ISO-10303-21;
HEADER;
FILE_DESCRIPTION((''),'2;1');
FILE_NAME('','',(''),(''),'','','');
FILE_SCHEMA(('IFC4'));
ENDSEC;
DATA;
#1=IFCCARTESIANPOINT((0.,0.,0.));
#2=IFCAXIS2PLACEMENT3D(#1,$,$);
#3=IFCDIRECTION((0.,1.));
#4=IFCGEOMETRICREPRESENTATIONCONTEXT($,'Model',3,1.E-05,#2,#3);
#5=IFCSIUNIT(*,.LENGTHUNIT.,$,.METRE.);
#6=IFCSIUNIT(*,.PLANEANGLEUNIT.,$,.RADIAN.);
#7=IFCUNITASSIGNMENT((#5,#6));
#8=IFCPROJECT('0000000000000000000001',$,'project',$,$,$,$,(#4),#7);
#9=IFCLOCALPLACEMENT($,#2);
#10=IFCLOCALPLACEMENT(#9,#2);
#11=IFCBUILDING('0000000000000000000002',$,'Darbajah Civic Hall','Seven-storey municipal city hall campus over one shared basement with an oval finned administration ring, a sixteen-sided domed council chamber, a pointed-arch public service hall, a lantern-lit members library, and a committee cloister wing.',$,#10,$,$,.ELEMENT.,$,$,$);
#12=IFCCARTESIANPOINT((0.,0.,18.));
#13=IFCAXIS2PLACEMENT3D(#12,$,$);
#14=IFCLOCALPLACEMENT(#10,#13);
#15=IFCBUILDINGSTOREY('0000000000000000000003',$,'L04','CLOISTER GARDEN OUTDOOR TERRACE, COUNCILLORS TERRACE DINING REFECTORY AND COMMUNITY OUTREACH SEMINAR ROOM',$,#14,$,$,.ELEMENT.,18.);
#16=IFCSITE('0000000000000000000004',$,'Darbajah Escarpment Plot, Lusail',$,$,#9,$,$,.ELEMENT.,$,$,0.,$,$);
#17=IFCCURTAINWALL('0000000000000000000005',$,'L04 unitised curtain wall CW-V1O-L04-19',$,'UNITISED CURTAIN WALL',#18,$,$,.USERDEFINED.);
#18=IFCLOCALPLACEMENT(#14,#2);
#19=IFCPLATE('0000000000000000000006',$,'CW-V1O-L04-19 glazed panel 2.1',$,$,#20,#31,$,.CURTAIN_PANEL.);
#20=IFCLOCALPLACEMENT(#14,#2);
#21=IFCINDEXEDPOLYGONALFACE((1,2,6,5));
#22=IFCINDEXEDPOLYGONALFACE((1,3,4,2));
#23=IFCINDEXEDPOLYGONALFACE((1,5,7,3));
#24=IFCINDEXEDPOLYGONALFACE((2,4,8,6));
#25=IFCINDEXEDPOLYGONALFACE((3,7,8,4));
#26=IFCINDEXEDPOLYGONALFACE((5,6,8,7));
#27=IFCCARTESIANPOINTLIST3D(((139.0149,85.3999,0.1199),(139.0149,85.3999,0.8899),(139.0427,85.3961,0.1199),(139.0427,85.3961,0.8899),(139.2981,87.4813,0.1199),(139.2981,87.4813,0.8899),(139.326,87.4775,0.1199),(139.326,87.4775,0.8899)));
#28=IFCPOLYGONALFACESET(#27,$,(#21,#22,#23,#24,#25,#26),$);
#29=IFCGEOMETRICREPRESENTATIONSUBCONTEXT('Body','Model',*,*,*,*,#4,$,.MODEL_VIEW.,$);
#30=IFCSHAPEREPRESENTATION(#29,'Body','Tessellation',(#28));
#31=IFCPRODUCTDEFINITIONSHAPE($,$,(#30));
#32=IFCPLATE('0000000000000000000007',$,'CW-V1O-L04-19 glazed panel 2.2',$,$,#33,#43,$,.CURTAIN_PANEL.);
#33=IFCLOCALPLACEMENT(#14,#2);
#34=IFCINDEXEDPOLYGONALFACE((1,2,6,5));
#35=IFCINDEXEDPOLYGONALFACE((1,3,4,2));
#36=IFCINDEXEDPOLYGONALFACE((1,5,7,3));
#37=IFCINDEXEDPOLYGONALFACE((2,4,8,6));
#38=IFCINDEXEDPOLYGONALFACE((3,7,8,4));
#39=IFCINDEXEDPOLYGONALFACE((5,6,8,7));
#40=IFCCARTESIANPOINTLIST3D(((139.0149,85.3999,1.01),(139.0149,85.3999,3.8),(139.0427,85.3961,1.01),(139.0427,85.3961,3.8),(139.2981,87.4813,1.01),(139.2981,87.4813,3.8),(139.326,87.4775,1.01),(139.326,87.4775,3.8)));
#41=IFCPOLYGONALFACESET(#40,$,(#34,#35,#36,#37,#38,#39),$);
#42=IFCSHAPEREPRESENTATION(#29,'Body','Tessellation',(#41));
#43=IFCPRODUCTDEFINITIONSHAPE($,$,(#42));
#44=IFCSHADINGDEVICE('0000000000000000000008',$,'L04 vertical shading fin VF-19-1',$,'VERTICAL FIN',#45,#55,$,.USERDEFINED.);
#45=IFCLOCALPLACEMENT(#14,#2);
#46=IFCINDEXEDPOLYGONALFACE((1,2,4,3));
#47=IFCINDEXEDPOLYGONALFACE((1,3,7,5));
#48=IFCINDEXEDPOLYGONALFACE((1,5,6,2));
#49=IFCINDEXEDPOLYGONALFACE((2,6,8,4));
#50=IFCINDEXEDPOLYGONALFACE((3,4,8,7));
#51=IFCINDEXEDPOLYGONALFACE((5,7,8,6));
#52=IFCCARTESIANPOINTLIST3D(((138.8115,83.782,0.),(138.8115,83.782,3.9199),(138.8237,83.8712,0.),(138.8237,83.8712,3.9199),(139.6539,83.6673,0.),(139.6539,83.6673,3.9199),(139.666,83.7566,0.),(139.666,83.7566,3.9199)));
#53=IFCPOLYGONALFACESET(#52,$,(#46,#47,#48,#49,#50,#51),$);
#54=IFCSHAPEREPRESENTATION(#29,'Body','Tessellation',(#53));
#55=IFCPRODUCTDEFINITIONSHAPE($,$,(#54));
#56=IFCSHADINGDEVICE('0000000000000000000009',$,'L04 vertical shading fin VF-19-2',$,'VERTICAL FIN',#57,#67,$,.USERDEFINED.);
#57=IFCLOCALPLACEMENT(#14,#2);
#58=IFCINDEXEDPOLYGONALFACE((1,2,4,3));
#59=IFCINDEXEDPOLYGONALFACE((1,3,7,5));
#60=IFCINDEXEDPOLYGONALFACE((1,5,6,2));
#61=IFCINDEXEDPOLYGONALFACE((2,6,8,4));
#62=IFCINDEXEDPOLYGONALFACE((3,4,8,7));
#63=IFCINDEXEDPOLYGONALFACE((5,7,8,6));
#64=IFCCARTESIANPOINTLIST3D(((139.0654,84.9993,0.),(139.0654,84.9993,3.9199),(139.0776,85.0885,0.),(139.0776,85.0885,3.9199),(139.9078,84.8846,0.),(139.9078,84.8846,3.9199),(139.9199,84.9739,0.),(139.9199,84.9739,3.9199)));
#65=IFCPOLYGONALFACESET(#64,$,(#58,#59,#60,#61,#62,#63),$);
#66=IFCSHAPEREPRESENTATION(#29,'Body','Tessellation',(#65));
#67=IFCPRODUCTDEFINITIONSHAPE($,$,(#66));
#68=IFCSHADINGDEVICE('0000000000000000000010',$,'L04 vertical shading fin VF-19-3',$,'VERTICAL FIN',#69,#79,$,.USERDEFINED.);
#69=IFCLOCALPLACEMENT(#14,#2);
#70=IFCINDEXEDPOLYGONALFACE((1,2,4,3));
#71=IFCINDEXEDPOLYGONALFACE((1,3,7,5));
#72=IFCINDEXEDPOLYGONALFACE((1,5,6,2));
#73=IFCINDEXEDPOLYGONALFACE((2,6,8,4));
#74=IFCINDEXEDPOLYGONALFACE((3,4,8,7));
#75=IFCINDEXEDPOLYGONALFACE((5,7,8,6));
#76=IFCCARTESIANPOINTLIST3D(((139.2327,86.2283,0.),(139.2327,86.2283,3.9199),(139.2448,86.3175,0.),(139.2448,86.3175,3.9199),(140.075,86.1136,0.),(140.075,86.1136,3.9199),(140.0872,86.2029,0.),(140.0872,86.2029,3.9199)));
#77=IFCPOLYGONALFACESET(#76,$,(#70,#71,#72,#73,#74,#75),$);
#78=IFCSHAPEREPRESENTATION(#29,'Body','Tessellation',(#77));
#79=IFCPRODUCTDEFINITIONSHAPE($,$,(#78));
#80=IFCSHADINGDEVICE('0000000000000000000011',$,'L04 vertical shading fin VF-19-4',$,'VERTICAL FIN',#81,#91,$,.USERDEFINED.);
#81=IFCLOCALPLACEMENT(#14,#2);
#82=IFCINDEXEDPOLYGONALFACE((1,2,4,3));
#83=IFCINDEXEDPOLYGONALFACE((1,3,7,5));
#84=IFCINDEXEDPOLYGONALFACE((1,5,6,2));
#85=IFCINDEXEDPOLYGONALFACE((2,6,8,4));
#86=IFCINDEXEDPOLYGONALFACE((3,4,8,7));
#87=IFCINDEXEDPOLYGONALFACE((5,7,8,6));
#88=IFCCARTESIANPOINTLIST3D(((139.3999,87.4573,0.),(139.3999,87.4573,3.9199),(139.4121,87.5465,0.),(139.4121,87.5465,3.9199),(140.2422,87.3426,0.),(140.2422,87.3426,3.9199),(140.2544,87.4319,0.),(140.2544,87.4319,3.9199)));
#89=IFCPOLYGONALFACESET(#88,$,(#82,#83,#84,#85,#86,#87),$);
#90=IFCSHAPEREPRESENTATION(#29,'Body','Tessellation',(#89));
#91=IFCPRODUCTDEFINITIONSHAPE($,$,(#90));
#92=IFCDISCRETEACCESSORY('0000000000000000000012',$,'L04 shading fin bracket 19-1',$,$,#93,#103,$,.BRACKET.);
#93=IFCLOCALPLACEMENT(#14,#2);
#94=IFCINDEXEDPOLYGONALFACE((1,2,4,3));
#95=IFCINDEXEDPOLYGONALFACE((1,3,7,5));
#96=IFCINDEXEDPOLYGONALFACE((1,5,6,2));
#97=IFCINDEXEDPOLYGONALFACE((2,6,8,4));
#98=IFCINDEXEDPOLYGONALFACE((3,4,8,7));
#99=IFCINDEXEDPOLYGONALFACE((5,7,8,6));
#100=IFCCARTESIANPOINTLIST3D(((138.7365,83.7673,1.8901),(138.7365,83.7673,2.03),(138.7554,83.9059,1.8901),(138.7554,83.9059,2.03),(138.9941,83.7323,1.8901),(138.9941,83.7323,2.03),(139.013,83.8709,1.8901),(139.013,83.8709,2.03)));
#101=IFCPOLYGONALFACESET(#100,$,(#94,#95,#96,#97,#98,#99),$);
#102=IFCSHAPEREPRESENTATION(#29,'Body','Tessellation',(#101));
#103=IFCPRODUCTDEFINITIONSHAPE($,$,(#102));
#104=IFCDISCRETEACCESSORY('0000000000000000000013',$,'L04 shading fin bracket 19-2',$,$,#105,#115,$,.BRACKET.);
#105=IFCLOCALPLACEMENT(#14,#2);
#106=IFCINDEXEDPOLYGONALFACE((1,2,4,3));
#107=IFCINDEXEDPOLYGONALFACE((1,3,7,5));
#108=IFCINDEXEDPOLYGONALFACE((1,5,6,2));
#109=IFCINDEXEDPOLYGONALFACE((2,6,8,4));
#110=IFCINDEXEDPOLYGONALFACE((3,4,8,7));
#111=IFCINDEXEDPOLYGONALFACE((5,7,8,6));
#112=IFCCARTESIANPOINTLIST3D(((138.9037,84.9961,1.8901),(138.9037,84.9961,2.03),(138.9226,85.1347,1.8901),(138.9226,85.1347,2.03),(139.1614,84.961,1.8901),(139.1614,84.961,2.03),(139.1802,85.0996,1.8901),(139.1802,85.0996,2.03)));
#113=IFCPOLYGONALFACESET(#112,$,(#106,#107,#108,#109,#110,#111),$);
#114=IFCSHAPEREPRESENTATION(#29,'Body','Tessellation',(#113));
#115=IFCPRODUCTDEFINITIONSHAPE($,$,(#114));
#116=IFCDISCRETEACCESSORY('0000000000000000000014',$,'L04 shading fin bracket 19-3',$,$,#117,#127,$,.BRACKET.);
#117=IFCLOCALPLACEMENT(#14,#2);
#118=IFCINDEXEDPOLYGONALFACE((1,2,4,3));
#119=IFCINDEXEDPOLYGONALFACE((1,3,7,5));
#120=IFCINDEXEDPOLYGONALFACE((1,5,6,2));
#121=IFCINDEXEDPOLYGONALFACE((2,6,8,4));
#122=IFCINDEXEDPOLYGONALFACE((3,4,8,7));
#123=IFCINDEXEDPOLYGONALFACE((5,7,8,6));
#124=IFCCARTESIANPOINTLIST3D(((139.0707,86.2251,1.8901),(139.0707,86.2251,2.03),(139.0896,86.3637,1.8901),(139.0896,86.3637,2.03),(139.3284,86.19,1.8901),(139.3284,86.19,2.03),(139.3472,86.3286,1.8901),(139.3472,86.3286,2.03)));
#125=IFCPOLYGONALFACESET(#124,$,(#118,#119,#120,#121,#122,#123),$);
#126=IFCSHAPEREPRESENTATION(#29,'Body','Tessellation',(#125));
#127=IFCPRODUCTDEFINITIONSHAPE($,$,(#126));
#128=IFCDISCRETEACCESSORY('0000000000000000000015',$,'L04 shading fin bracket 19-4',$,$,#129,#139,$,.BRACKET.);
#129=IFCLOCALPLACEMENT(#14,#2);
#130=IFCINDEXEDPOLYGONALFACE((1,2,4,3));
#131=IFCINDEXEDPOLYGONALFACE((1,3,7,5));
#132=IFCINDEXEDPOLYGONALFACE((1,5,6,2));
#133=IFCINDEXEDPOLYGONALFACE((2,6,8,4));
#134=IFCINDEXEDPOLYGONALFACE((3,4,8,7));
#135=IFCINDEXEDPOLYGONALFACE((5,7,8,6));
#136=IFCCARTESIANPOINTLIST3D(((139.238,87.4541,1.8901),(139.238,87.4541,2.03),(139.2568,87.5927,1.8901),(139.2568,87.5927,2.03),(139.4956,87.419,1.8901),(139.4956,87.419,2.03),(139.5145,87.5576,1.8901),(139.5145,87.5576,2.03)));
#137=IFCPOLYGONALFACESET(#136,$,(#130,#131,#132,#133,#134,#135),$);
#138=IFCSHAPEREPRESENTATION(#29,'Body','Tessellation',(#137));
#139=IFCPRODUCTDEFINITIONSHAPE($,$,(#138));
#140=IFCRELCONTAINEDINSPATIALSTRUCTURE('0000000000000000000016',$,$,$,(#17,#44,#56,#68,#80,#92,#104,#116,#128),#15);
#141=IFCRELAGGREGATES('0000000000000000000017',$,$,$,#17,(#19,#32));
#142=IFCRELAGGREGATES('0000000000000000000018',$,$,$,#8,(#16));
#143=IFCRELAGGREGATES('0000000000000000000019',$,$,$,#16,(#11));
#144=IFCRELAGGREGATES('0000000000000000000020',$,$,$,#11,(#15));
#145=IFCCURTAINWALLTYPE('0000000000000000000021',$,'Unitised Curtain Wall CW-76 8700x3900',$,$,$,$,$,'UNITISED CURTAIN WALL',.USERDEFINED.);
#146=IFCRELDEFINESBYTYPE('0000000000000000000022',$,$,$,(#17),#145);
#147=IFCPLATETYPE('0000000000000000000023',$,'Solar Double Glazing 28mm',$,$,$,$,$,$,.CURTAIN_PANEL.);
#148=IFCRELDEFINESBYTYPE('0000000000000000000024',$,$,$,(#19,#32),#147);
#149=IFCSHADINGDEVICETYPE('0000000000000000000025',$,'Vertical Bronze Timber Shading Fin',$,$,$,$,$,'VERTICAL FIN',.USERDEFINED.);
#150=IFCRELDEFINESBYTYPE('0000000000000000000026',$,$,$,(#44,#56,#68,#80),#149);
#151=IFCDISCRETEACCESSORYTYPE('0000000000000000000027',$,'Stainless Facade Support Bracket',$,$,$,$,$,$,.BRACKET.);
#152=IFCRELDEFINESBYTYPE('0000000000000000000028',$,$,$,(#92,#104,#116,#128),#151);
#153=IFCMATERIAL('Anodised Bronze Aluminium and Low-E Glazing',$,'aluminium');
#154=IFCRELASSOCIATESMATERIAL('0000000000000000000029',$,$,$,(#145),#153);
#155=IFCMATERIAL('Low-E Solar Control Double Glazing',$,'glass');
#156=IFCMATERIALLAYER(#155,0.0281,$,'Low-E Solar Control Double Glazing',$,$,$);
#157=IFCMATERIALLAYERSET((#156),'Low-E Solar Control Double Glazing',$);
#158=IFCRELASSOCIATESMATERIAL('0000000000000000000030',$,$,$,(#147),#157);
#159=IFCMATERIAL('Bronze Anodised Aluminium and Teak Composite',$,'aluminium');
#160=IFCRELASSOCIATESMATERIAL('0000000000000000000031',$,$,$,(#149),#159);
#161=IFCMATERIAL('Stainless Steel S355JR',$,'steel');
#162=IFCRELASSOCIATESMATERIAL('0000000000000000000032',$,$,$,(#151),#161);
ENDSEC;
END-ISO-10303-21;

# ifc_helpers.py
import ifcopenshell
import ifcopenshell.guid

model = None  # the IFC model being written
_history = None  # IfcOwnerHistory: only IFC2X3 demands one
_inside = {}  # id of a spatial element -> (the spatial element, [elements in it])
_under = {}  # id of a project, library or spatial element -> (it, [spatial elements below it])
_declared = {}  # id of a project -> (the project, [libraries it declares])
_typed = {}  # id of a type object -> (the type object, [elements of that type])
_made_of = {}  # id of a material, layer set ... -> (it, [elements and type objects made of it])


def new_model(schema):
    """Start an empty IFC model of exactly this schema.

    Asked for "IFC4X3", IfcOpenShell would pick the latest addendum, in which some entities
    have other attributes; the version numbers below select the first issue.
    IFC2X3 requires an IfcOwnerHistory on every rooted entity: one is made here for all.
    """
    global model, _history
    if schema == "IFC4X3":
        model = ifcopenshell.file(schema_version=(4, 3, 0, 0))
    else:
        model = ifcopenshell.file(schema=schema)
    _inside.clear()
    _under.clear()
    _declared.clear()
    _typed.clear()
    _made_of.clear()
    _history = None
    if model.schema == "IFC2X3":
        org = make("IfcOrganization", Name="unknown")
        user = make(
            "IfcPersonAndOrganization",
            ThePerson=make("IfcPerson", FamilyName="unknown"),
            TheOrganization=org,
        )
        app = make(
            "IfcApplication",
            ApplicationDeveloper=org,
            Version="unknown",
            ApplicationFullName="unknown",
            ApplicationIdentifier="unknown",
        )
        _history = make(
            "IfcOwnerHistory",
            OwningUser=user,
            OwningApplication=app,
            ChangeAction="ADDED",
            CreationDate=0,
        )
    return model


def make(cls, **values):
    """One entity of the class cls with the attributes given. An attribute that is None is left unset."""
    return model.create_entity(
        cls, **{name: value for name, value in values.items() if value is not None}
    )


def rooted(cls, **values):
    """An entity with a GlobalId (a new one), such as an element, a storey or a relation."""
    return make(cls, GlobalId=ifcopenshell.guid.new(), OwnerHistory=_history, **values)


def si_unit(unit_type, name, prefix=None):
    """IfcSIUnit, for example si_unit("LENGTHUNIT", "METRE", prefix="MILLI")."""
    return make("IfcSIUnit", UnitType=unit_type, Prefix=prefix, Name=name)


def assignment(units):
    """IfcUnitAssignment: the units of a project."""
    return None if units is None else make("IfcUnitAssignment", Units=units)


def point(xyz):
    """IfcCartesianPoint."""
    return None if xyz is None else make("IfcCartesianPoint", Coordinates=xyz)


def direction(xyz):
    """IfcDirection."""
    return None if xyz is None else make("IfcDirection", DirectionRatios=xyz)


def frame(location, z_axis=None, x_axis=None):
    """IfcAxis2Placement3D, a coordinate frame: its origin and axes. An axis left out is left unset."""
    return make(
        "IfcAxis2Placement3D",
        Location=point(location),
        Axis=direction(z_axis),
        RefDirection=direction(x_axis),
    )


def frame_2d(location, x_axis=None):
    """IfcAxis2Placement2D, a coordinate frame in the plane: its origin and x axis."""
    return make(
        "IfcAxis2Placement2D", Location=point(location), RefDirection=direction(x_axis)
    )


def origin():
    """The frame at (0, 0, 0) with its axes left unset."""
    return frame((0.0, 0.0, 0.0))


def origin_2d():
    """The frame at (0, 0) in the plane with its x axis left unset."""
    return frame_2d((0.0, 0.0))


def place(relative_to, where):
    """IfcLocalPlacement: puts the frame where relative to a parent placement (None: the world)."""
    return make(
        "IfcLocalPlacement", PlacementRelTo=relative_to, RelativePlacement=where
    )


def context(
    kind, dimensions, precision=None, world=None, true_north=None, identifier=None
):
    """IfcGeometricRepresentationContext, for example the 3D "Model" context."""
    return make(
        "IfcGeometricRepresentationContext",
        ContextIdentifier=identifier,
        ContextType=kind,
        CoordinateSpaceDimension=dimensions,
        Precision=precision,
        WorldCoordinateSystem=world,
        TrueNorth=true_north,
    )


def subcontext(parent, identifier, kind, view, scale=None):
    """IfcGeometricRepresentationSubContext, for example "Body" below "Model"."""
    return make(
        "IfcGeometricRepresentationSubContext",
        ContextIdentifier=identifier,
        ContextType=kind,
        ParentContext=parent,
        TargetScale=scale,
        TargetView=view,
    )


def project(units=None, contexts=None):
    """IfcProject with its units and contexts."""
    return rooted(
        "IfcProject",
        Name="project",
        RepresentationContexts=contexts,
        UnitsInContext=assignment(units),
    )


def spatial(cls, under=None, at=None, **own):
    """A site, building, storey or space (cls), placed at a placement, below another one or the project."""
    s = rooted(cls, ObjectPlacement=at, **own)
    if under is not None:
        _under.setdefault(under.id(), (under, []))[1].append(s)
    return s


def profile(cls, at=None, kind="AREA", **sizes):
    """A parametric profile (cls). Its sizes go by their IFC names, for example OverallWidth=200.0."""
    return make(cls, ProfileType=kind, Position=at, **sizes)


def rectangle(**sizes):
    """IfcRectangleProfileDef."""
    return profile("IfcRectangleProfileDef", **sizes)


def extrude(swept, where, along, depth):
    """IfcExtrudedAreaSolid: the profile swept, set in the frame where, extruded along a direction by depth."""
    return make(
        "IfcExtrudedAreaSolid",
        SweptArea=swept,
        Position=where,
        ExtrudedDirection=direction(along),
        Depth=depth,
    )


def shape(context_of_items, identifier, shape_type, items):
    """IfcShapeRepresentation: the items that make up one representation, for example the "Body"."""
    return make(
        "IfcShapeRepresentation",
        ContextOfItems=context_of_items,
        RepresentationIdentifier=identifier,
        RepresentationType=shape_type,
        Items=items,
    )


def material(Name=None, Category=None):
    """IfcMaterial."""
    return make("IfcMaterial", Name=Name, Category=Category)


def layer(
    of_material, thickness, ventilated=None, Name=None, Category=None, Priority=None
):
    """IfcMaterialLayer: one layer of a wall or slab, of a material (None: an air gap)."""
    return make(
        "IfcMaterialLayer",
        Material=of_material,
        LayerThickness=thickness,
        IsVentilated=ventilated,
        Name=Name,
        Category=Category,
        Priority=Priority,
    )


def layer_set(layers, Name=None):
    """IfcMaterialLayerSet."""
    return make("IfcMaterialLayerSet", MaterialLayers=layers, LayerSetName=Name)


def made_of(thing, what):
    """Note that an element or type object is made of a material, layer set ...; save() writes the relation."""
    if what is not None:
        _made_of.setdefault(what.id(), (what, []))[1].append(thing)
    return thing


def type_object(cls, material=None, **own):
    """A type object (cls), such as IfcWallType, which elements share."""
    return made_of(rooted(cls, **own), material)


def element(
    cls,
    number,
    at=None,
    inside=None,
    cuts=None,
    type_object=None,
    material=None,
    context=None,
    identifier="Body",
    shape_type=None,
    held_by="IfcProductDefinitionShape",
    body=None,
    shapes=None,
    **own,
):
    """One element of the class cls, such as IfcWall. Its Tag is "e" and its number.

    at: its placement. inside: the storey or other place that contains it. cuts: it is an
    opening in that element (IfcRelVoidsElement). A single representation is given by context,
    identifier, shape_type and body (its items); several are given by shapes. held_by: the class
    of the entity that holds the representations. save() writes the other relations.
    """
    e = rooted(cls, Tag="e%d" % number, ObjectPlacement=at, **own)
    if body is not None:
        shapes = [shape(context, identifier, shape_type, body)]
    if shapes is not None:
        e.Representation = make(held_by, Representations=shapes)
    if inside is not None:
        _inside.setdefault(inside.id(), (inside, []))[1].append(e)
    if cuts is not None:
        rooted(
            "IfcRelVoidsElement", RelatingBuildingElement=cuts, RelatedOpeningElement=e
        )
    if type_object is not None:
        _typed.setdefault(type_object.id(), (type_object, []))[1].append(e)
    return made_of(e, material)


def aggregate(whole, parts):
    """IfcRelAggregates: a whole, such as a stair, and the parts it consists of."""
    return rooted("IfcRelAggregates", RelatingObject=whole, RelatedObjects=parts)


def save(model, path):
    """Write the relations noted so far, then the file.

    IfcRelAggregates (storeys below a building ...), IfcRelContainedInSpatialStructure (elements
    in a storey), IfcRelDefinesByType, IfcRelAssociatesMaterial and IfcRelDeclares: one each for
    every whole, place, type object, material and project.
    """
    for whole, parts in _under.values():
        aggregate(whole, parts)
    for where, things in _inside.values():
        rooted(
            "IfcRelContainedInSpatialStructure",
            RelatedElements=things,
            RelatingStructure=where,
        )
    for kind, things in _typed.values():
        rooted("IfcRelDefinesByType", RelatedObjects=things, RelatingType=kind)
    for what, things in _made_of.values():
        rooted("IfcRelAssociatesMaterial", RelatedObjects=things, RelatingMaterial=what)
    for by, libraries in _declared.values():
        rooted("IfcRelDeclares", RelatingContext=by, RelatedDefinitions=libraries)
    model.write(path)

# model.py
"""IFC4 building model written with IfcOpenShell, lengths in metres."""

from ifc_helpers import new_model, si_unit, direction, frame, origin, origin_2d, place, context, subcontext, project, spatial, rectangle, extrude, material, layer, layer_set, type_object, element, aggregate, save


model = new_model("IFC4")

# Units and contexts
model_context = context("Model", 3, precision=1e-05, world=origin(), true_north=direction((0.0, 1.0)))
body_context = subcontext(model_context, "Body", "Model", "MODEL_VIEW")
ifc_project = project(units=[si_unit("LENGTHUNIT", "METRE"), si_unit("PLANEANGLEUNIT", "RADIAN")], contexts=[model_context])

# Site, building, storey
site_placement = place(None, origin())
site = spatial("IfcSite", under=ifc_project, at=site_placement, Name="Darbajah Escarpment Plot, Lusail", CompositionType="ELEMENT", RefElevation=0.0)
building_placement = place(site_placement, origin())
building = spatial("IfcBuilding", under=site, at=building_placement, Name="Darbajah Civic Hall", Description="Seven-storey municipal city hall campus over one shared basement with an oval finned administration ring, a sixteen-sided domed council chamber, a pointed-arch public service hall, a lantern-lit members library, and a committee cloister wing.", CompositionType="ELEMENT")
storey_placement = place(building_placement, frame((0.0, 0.0, 18.0)))
storey = spatial("IfcBuildingStorey", under=building, at=storey_placement, Name="L04", Description="CLOISTER GARDEN OUTDOOR TERRACE, COUNCILLORS TERRACE DINING REFECTORY AND COMMUNITY OUTREACH SEMINAR ROOM", CompositionType="ELEMENT", Elevation=18.0)

# Curtain wall, plates
ifc_material_1 = material(Name="Anodised Bronze Aluminium and Low-E Glazing", Category="aluminium")
curtain_wall_type = type_object("IfcCurtainWallType", Name="Unitised Curtain Wall CW-76 8700x3900", ElementType="UNITISED CURTAIN WALL", PredefinedType="USERDEFINED", material=ifc_material_1)
curtain_wall_placement = place(storey_placement, origin())
curtain_wall = element("IfcCurtainWall", 1, at=curtain_wall_placement, inside=storey, type_object=curtain_wall_type, Name="L04 unitised curtain wall CW-V1O-L04-19", ObjectType="UNITISED CURTAIN WALL", PredefinedType="USERDEFINED")
ifc_material_2 = material(Name="Low-E Solar Control Double Glazing", Category="glass")
ifc_layer = layer(ifc_material_2, 0.0281, Name="Low-E Solar Control Double Glazing")
ifc_layer_set = layer_set([ifc_layer], Name="Low-E Solar Control Double Glazing")
plate_type = type_object("IfcPlateType", Name="Solar Double Glazing 28mm", PredefinedType="CURTAIN_PANEL", material=ifc_layer_set)
plate_1_placement = place(storey_placement, frame((139.1704, 86.4387, 0.1199), z_axis=(0.0, 0.0, 1.0), x_axis=(0.134851, 0.990866, 0.0)))
plate_1 = element("IfcPlate", 2, at=plate_1_placement, type_object=plate_type, Name="CW-V1O-L04-19 glazed panel 2.1", PredefinedType="CURTAIN_PANEL", context=body_context, shape_type="SweptSolid", body=[
    extrude(rectangle(XDim=2.1006, YDim=0.0281, at=origin_2d()), origin(), (0.0, 0.0, 1.0), 0.77),
])
plate_2_placement = place(storey_placement, frame((139.1704, 86.4387, 1.01), z_axis=(0.0, 0.0, 1.0), x_axis=(0.134851, 0.990866, 0.0)))
plate_2 = element("IfcPlate", 3, at=plate_2_placement, type_object=plate_type, Name="CW-V1O-L04-19 glazed panel 2.2", PredefinedType="CURTAIN_PANEL", context=body_context, shape_type="SweptSolid", body=[
    extrude(rectangle(XDim=2.1006, YDim=0.0281, at=origin_2d()), origin(), (0.0, 0.0, 1.0), 2.79),
])
aggregate(curtain_wall, [plate_1, plate_2])

# Shading devices
ifc_material_3 = material(Name="Bronze Anodised Aluminium and Teak Composite", Category="aluminium")
shading_device_type = type_object("IfcShadingDeviceType", Name="Vertical Bronze Timber Shading Fin", ElementType="VERTICAL FIN", PredefinedType="USERDEFINED", material=ifc_material_3)
for number, where, z_axis, x_axis, name in (
    (4, (139.2388, 83.7693, 0.0), (0.0, 0.0, 1.0), (0.990866, -0.134851, 0.0), "L04 vertical shading fin VF-19-1"),
    (5, (139.4927, 84.9866, 0.0), (0.0, 0.0, 1.0), (0.990866, -0.134851, 0.0), "L04 vertical shading fin VF-19-2"),
    (6, (139.6599, 86.2156, 0.0), (0.0, 0.0, 1.0), (0.990866, -0.134851, 0.0), "L04 vertical shading fin VF-19-3"),
    (7, (139.8271, 87.4446, 0.0), (0.0, 0.0, 1.0), (0.990866, -0.134851, 0.0), "L04 vertical shading fin VF-19-4"),
):
    element("IfcShadingDevice", number, at=place(storey_placement, frame(where, z_axis=z_axis, x_axis=x_axis)), inside=storey, type_object=shading_device_type, Name=name, ObjectType="VERTICAL FIN", PredefinedType="USERDEFINED", context=body_context, shape_type="SweptSolid", body=[
        extrude(rectangle(XDim=0.8501, YDim=0.0901, at=origin_2d()), origin(), (0.0, 0.0, 1.0), 3.9199),
    ])

# Discrete accessories
ifc_material_4 = material(Name="Stainless Steel S355JR", Category="steel")
discrete_accessory_type = type_object("IfcDiscreteAccessoryType", Name="Stainless Facade Support Bracket", PredefinedType="BRACKET", material=ifc_material_4)
for number, where, z_axis, x_axis, name in (
    (8, (138.8748, 83.8191, 1.8901), (0.0, 0.0, 1.0), (0.990866, -0.134851, 0.0), "L04 shading fin bracket 19-1"),
    (9, (139.042, 85.0479, 1.8901), (0.0, 0.0, 1.0), (0.990866, -0.134851, 0.0), "L04 shading fin bracket 19-2"),
    (10, (139.209, 86.2769, 1.8901), (0.0, 0.0, 1.0), (0.990866, -0.134851, 0.0), "L04 shading fin bracket 19-3"),
    (11, (139.3762, 87.5059, 1.8901), (0.0, 0.0, 1.0), (0.990866, -0.134851, 0.0), "L04 shading fin bracket 19-4"),
):
    element("IfcDiscreteAccessory", number, at=place(storey_placement, frame(where, z_axis=z_axis, x_axis=x_axis)), inside=storey, type_object=discrete_accessory_type, Name=name, PredefinedType="BRACKET", context=body_context, shape_type="SweptSolid", body=[
        extrude(rectangle(XDim=0.26, YDim=0.1399, at=origin_2d()), origin(), (0.0, 0.0, 1.0), 0.1399),
    ])

save(model, "model.ifc")
